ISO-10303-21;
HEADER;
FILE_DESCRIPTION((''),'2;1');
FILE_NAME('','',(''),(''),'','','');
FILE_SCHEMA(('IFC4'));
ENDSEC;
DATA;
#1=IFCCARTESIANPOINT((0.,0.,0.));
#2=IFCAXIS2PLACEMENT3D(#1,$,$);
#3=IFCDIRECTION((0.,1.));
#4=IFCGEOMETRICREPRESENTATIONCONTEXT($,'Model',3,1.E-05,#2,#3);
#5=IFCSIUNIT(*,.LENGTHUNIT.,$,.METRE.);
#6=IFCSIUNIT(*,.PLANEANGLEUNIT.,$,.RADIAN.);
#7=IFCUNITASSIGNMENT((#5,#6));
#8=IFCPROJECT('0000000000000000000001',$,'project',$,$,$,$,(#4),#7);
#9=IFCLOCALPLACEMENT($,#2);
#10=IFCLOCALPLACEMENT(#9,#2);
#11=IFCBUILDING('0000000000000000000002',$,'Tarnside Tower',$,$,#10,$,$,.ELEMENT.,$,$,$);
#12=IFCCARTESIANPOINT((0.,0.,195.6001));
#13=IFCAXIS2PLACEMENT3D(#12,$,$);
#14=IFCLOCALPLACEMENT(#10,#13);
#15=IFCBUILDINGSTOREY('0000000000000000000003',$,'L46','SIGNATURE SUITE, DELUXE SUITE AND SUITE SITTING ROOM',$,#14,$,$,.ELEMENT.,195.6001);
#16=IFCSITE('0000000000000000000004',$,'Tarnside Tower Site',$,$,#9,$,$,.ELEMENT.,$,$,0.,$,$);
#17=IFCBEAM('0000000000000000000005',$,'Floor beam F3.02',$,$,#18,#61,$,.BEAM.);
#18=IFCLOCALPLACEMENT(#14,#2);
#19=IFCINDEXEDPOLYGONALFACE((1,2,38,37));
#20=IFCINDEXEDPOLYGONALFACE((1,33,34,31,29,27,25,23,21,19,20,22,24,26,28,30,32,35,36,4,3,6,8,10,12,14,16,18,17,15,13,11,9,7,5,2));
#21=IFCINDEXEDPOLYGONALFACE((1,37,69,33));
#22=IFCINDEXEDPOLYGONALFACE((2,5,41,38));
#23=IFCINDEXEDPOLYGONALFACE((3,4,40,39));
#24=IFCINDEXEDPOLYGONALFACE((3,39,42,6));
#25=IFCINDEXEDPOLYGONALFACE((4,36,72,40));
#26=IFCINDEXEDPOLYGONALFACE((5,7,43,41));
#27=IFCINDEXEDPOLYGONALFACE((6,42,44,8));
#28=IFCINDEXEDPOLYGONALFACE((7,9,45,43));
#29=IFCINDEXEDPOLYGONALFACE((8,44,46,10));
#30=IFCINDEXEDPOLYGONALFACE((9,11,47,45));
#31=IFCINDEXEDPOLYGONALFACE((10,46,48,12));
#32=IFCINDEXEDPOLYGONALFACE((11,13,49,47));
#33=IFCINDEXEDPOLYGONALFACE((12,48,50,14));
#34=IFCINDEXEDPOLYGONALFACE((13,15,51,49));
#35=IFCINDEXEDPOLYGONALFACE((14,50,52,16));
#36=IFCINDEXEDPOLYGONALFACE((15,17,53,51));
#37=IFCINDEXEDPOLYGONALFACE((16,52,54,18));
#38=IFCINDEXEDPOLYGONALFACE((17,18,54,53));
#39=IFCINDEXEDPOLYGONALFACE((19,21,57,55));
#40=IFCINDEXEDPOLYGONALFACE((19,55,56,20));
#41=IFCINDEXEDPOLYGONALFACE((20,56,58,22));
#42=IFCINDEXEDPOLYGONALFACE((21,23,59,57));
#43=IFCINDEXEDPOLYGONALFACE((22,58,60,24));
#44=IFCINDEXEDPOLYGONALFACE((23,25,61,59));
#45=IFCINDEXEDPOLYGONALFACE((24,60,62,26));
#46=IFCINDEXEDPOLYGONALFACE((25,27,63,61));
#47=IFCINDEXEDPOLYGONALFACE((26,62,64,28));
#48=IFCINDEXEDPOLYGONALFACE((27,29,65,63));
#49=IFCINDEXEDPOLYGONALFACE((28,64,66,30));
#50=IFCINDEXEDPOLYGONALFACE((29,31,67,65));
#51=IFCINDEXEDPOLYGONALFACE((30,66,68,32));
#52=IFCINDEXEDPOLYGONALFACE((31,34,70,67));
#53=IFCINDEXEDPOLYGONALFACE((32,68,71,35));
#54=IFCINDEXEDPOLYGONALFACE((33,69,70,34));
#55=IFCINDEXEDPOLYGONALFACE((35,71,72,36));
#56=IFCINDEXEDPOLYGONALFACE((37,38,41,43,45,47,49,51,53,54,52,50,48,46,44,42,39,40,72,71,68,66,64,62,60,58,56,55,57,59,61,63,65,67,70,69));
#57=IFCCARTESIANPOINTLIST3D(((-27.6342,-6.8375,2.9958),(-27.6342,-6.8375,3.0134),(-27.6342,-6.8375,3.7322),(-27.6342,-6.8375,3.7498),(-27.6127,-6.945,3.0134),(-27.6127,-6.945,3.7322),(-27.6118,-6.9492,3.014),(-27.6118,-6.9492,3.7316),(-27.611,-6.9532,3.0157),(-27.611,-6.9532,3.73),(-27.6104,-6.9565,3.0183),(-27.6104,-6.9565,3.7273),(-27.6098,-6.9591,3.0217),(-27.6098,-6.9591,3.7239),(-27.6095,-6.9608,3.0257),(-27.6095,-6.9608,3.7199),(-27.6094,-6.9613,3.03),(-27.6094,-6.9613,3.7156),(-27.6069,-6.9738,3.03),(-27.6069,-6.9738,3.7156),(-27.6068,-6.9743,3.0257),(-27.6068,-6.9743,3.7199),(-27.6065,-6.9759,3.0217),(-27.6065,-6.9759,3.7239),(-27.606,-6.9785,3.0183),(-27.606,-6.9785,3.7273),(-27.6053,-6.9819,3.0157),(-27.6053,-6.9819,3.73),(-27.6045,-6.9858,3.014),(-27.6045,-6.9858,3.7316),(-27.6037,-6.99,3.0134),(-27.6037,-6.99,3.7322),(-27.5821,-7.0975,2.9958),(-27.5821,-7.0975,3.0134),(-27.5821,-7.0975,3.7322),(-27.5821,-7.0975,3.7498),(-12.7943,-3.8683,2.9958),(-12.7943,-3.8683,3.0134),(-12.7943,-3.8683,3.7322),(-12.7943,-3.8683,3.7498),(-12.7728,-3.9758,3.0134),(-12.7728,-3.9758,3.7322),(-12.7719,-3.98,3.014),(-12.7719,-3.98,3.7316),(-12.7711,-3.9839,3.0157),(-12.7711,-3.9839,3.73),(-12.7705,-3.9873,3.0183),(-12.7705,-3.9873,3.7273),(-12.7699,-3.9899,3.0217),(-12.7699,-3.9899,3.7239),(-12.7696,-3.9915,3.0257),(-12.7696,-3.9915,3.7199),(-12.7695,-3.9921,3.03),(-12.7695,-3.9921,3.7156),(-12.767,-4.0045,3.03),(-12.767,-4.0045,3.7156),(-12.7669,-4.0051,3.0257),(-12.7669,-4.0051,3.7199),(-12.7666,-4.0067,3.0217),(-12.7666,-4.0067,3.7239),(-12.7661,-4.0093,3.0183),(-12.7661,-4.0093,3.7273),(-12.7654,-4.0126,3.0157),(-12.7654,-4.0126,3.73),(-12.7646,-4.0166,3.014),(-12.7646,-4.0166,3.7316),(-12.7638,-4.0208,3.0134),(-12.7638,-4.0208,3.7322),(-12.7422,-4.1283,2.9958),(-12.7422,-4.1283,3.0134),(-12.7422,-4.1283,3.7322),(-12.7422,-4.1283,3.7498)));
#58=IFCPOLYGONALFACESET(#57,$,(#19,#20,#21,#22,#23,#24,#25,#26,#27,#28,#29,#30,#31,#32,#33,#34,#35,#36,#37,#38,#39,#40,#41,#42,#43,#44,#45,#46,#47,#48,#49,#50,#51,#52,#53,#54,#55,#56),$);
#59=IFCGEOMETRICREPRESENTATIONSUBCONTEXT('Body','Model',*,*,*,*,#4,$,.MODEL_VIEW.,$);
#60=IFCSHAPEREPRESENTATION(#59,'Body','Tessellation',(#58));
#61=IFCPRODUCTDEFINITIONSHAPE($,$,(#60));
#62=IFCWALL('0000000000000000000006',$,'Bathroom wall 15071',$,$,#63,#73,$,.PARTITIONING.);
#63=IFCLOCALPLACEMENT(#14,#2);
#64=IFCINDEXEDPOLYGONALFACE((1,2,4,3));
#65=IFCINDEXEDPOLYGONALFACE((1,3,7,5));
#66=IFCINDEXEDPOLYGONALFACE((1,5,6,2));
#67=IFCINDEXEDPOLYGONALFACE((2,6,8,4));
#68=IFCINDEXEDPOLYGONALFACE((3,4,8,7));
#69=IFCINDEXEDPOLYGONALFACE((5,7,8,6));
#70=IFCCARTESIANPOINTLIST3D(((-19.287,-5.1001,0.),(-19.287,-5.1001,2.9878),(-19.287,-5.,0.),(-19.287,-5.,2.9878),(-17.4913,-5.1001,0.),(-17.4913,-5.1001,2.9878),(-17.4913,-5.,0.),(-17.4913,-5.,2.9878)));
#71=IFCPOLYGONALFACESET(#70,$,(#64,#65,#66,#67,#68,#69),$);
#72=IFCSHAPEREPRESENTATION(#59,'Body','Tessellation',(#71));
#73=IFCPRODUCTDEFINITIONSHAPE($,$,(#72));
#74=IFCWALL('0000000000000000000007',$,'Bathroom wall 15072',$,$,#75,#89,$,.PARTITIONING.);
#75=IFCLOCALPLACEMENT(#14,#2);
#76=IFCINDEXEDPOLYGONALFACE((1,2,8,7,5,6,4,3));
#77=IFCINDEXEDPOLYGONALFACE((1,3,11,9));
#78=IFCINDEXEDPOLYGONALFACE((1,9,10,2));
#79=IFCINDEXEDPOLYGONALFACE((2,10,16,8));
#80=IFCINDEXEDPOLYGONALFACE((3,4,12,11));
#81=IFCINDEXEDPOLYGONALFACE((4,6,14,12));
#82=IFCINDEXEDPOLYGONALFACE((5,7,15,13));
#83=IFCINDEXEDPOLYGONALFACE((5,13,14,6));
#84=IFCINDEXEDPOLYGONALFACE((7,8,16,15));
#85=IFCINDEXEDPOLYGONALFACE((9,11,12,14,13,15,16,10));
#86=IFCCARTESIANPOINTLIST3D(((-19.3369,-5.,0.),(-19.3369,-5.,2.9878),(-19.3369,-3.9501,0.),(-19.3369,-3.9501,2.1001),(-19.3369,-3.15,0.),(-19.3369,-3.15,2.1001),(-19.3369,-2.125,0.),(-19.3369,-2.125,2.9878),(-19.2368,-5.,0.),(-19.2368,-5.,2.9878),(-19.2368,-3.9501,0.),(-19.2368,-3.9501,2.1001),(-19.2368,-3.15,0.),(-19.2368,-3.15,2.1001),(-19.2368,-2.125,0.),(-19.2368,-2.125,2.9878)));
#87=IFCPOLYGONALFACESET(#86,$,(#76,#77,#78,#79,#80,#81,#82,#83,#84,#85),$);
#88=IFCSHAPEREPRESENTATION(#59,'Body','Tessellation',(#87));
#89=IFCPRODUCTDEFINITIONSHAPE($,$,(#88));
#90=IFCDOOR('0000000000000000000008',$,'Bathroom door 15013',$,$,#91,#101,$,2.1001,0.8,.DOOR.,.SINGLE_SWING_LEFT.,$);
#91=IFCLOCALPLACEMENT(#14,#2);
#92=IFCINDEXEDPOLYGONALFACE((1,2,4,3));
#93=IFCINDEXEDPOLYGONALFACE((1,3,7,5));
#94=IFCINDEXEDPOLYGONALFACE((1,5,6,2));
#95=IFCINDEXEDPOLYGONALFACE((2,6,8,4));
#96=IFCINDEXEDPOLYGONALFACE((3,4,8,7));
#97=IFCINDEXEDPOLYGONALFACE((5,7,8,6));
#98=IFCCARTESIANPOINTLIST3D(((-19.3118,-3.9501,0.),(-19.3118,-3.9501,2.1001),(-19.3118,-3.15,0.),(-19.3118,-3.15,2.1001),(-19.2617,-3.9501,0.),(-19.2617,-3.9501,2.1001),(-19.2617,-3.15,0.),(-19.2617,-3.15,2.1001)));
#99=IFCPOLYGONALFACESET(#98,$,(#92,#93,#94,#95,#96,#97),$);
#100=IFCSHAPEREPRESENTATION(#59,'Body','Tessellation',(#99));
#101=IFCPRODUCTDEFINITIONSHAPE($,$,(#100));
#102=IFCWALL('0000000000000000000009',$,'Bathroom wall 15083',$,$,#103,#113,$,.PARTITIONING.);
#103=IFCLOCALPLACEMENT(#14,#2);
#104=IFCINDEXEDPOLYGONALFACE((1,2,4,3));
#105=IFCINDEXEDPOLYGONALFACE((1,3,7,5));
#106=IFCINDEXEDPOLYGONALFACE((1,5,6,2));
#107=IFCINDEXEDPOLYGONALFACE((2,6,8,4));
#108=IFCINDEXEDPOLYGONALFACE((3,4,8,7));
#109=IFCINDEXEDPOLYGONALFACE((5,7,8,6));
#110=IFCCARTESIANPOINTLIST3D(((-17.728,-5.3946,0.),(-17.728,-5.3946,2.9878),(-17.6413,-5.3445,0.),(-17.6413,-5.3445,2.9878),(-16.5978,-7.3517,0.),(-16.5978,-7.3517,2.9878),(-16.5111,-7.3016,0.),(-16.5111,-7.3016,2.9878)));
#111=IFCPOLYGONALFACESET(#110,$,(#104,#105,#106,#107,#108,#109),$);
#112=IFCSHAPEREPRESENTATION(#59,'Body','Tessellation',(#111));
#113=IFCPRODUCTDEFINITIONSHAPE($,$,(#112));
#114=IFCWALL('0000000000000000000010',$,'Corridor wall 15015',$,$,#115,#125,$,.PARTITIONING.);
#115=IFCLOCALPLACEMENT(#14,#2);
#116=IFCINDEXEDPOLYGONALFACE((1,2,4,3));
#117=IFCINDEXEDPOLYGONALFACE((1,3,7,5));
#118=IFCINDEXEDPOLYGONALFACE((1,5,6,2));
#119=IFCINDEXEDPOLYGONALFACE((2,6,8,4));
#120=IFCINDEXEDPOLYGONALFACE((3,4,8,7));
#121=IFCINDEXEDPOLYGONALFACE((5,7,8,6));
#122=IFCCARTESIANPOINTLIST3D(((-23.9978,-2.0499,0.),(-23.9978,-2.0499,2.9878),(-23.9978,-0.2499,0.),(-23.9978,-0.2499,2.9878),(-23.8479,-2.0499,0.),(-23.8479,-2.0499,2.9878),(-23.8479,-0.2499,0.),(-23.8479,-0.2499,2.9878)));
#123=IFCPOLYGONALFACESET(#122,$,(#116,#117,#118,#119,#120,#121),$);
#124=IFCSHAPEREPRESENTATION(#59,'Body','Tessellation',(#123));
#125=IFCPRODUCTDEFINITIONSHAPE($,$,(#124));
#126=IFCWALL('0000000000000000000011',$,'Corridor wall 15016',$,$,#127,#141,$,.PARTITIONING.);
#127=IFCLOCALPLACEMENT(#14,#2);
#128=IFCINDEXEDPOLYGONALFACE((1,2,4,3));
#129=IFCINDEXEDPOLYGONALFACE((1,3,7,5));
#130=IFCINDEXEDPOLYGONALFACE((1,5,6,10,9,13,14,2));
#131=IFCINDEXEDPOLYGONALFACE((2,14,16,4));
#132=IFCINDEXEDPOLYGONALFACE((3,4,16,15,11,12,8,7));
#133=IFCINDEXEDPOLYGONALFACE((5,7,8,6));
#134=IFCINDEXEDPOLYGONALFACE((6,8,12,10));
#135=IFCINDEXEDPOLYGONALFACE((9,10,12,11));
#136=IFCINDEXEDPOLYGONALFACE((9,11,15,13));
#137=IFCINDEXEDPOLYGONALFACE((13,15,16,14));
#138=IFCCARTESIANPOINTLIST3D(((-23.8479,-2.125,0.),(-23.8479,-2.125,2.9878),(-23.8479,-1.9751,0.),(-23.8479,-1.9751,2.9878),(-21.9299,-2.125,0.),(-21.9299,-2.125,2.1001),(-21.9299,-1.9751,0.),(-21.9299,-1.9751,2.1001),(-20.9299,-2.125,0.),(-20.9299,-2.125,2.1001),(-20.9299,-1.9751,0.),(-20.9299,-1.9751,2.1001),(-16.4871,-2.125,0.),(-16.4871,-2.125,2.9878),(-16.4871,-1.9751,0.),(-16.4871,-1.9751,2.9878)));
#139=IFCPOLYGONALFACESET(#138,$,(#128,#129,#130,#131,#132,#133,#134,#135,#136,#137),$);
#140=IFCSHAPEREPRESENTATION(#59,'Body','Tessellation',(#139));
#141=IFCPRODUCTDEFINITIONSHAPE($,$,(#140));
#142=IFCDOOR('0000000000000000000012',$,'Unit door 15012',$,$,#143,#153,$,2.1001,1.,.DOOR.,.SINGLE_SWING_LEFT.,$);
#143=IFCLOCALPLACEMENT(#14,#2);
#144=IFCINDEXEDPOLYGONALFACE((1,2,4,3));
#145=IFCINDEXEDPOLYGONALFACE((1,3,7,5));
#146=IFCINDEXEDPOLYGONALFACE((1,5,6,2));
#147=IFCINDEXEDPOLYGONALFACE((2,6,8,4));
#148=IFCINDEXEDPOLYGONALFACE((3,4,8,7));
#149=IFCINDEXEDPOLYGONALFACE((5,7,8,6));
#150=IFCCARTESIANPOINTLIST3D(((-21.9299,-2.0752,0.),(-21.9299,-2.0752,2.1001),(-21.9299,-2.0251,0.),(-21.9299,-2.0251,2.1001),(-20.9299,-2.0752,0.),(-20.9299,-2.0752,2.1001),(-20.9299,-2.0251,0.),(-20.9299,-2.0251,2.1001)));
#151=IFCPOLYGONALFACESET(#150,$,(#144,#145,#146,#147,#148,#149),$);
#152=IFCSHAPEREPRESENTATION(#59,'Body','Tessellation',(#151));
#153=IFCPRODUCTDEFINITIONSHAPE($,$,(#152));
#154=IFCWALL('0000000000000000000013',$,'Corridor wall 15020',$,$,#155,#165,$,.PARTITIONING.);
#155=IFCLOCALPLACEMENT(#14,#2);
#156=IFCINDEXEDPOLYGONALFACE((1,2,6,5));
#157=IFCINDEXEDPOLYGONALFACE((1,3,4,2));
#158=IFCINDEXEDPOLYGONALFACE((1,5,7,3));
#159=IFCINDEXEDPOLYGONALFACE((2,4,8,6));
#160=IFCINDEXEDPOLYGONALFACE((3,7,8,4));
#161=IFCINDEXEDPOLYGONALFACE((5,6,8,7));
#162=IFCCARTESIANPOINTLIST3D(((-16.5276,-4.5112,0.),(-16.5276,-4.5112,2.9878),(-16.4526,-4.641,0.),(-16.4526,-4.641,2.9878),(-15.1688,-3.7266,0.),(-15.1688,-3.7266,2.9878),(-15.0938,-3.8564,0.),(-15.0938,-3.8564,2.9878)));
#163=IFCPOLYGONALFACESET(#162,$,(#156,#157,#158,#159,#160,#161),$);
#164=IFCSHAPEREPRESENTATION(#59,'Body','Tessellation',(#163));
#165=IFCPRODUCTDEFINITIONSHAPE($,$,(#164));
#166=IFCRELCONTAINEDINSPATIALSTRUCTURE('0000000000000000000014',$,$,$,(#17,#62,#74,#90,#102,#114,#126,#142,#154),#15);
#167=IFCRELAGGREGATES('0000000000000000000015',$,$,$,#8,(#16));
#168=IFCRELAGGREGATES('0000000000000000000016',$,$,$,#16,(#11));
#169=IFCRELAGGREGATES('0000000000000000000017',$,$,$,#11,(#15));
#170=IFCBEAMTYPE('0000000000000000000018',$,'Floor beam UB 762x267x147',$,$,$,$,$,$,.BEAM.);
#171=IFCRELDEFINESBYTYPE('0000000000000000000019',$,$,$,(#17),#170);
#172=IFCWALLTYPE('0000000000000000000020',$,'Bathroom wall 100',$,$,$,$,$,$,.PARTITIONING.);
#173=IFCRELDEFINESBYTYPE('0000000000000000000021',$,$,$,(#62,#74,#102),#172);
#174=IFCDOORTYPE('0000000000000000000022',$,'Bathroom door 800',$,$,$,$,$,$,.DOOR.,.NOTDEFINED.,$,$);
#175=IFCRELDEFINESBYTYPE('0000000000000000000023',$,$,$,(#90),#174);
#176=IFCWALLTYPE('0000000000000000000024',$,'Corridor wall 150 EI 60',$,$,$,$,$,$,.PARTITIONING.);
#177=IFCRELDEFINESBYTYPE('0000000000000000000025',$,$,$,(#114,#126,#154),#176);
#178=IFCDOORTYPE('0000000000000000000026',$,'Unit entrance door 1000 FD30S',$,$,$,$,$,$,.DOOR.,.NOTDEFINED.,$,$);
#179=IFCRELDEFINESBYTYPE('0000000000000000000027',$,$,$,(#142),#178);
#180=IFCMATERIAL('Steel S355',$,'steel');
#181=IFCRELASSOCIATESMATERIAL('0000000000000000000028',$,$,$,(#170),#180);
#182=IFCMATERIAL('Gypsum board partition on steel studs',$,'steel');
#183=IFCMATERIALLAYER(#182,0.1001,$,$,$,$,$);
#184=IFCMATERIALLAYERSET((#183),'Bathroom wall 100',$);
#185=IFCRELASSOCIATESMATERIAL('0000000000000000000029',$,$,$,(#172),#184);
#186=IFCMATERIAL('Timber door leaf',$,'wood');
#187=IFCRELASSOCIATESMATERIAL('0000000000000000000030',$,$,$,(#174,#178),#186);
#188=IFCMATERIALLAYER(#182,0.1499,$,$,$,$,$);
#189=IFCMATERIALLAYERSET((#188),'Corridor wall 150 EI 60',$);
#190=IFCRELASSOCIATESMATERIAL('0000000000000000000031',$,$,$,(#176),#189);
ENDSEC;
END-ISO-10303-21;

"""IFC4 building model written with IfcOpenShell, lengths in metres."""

from ifc_helpers import new_model, si_unit, direction, frame, frame_2d, origin, origin_2d, place, context, subcontext, project, spatial, rectangle, i_section, extrude, material, layer, layer_set, material_profile, profile_set, type_object, element, fill, save


model = new_model("IFC4")

# Units and contexts
model_context = context("Model", 3, precision=1e-05, world=origin(), true_north=direction((0.0, 1.0)))
body_context = subcontext(model_context, "Body", "Model", "MODEL_VIEW")
ifc_project = project(units=[si_unit("LENGTHUNIT", "METRE"), si_unit("PLANEANGLEUNIT", "RADIAN")], contexts=[model_context])

# Site, building, storey
site_placement = place(None, origin())
site = spatial("IfcSite", under=ifc_project, at=site_placement, Name="Tarnside Tower Site", CompositionType="ELEMENT", RefElevation=0.0)
building_placement = place(site_placement, origin())
building = spatial("IfcBuilding", under=site, at=building_placement, Name="Tarnside Tower", CompositionType="ELEMENT")
storey_placement = place(building_placement, frame((0.0, 0.0, 195.6001)))
storey = spatial("IfcBuildingStorey", under=building, at=storey_placement, Name="L46", Description="SIGNATURE SUITE, DELUXE SUITE AND SUITE SITTING ROOM", CompositionType="ELEMENT", Elevation=195.6001)

# Beam
ifc_material_1 = material(Name="Steel S355", Category="steel")
ifc_material_profile = material_profile(ifc_material_1, i_section(OverallWidth=0.2651, OverallDepth=0.7539, WebThickness=0.0127, FlangeThickness=0.0176, FilletRadius=0.0166, at=origin_2d()), Name="UB 762x267x147")
ifc_profile_set = profile_set([ifc_material_profile], Name="Steel S355")
beam_type = type_object("IfcBeamType", Name="Floor beam UB 762x267x147", PredefinedType="BEAM", material=ifc_profile_set)
beam_placement = place(storey_placement, frame((-27.6082, -6.9675, 3.3728), z_axis=(0.980565, 0.196197, 0.0), x_axis=(-0.196197, 0.980565, 0.0)))
element("IfcBeam", 1, at=beam_placement, inside=storey, type_object=beam_type, Name="Floor beam F3.02", PredefinedType="BEAM", context=body_context, shape_type="SweptSolid", body=[
    extrude(i_section(OverallWidth=0.2651, OverallDepth=0.7539, WebThickness=0.0127, FlangeThickness=0.0176, FilletRadius=0.0166, at=origin_2d()), origin(), (0.0, 0.0, 1.0), 15.134),
])

# Wall
ifc_material_2 = material(Name="Gypsum board partition on steel studs", Category="steel")
ifc_layer_1 = layer(ifc_material_2, 0.1001)
ifc_layer_set_1 = layer_set([ifc_layer_1], Name="Bathroom wall 100")
wall_type_1 = type_object("IfcWallType", Name="Bathroom wall 100", PredefinedType="PARTITIONING", material=ifc_layer_set_1)
wall_1_placement = place(storey_placement, frame((-17.4912, -5.05, 0.0), z_axis=(0.0, 0.0, 1.0), x_axis=(-1.0, 0.0, 0.0)))
element("IfcWall", 2, at=wall_1_placement, inside=storey, type_object=wall_type_1, Name="Bathroom wall 15071", PredefinedType="PARTITIONING", context=body_context, shape_type="SweptSolid", body=[
    extrude(rectangle(XDim=1.7957, YDim=0.1001, at=frame_2d((0.8979, 0.0))), origin(), (0.0, 0.0, 1.0), 2.9878),
])

# Wall, opening, door
wall_2_placement = place(storey_placement, frame((-19.2869, -5.0, 0.0), z_axis=(0.0, 0.0, 1.0), x_axis=(0.0, 1.0, 0.0)))
wall_2 = element("IfcWall", 3, at=wall_2_placement, inside=storey, type_object=wall_type_1, Name="Bathroom wall 15072", PredefinedType="PARTITIONING", context=body_context, shape_type="SweptSolid", body=[
    extrude(rectangle(XDim=2.875, YDim=0.1001, at=frame_2d((1.4375, 0.0))), origin(), (0.0, 0.0, 1.0), 2.9878),
])
opening_1_placement = place(wall_2_placement, frame((1.05, 0.0, 0.0)))
opening_1 = element("IfcOpeningElement", 4, at=opening_1_placement, cuts=wall_2, PredefinedType="OPENING", context=body_context, shape_type="SweptSolid", body=[
    extrude(rectangle(XDim=0.8, YDim=2.1001, at=frame_2d((0.3999, 1.05))), frame((0.0, 0.0601, 0.0), z_axis=(0.0, -1.0, 0.0), x_axis=(1.0, 0.0, 0.0)), (0.0, 0.0, 1.0), 0.1201),
])
ifc_material_3 = material(Name="Timber door leaf", Category="wood")
door_type_1 = type_object("IfcDoorType", Name="Bathroom door 800", OperationType="NOTDEFINED", PredefinedType="DOOR", material=ifc_material_3)
door_1_placement = place(opening_1_placement, origin())
door_1 = element("IfcDoor", 5, at=door_1_placement, inside=storey, type_object=door_type_1, Name="Bathroom door 15013", OperationType="SINGLE_SWING_LEFT", OverallHeight=2.1001, OverallWidth=0.8, PredefinedType="DOOR", context=body_context, shape_type="SweptSolid", body=[
    extrude(rectangle(XDim=0.8, YDim=2.1001, at=frame_2d((0.3999, 1.05))), frame((0.0, 0.0249, 0.0), z_axis=(0.0, -1.0, 0.0), x_axis=(1.0, 0.0, 0.0)), (0.0, 0.0, 1.0), 0.05),
])
fill(opening_1, door_1)

# Walls
wall_3_placement = place(storey_placement, frame((-17.6846, -5.3696, 0.0), z_axis=(0.0, 0.0, 1.0), x_axis=(0.500078, -0.86598, 0.0)))
element("IfcWall", 6, at=wall_3_placement, inside=storey, type_object=wall_type_1, Name="Bathroom wall 15083", PredefinedType="PARTITIONING", context=body_context, shape_type="SweptSolid", body=[
    extrude(rectangle(XDim=2.26, YDim=0.1001, at=frame_2d((1.1299, 0.0))), origin(), (0.0, 0.0, 1.0), 2.9878),
])
ifc_layer_2 = layer(ifc_material_2, 0.1499)
ifc_layer_set_2 = layer_set([ifc_layer_2], Name="Corridor wall 150 EI 60")
wall_type_2 = type_object("IfcWallType", Name="Corridor wall 150 EI 60", PredefinedType="PARTITIONING", material=ifc_layer_set_2)
wall_4_placement = place(storey_placement, frame((-23.9229, -0.25, 0.0), z_axis=(0.0, 0.0, 1.0), x_axis=(0.0, -1.0, 0.0)))
element("IfcWall", 7, at=wall_4_placement, inside=storey, type_object=wall_type_2, Name="Corridor wall 15015", PredefinedType="PARTITIONING", context=body_context, shape_type="SweptSolid", body=[
    extrude(rectangle(XDim=1.8, YDim=0.1499, at=frame_2d((0.8999, 0.0))), origin(), (0.0, 0.0, 1.0), 2.9878),
])

# Wall, opening, door
wall_5_placement = place(storey_placement, frame((-23.8479, -2.05, 0.0), z_axis=(0.0, 0.0, 1.0), x_axis=(1.0, 0.0, 0.0)))
wall_5 = element("IfcWall", 8, at=wall_5_placement, inside=storey, type_object=wall_type_2, Name="Corridor wall 15016", PredefinedType="PARTITIONING", context=body_context, shape_type="SweptSolid", body=[
    extrude(rectangle(XDim=7.3608, YDim=0.1499, at=frame_2d((3.6804, 0.0))), origin(), (0.0, 0.0, 1.0), 2.9878),
])
opening_2_placement = place(wall_5_placement, frame((1.918, 0.0, 0.0)))
opening_2 = element("IfcOpeningElement", 9, at=opening_2_placement, cuts=wall_5, PredefinedType="OPENING", context=body_context, shape_type="SweptSolid", body=[
    extrude(rectangle(XDim=1.0, YDim=2.1001, at=frame_2d((0.5, 1.05))), frame((0.0, 0.085, 0.0), z_axis=(0.0, -1.0, 0.0), x_axis=(1.0, 0.0, 0.0)), (0.0, 0.0, 1.0), 0.1699),
])
door_type_2 = type_object("IfcDoorType", Name="Unit entrance door 1000 FD30S", OperationType="NOTDEFINED", PredefinedType="DOOR", material=ifc_material_3)
door_2_placement = place(opening_2_placement, origin())
door_2 = element("IfcDoor", 10, at=door_2_placement, inside=storey, type_object=door_type_2, Name="Unit door 15012", OperationType="SINGLE_SWING_LEFT", OverallHeight=2.1001, OverallWidth=1.0, PredefinedType="DOOR", context=body_context, shape_type="SweptSolid", body=[
    extrude(rectangle(XDim=1.0, YDim=2.1001, at=frame_2d((0.5, 1.05))), frame((0.0, 0.0249, 0.0), z_axis=(0.0, -1.0, 0.0), x_axis=(1.0, 0.0, 0.0)), (0.0, 0.0, 1.0), 0.05),
])
fill(opening_2, door_2)

# Wall
wall_6_placement = place(storey_placement, frame((-16.4902, -4.5762, 0.0), z_axis=(0.0, 0.0, 1.0), x_axis=(0.865994, 0.500055, 0.0)))
element("IfcWall", 11, at=wall_6_placement, inside=storey, type_object=wall_type_2, Name="Corridor wall 15020", PredefinedType="PARTITIONING", context=body_context, shape_type="SweptSolid", body=[
    extrude(rectangle(XDim=1.5691, YDim=0.1499, at=frame_2d((0.7847, 0.0))), origin(), (0.0, 0.0, 1.0), 2.9878),
])

save(model, "model.ifc")
